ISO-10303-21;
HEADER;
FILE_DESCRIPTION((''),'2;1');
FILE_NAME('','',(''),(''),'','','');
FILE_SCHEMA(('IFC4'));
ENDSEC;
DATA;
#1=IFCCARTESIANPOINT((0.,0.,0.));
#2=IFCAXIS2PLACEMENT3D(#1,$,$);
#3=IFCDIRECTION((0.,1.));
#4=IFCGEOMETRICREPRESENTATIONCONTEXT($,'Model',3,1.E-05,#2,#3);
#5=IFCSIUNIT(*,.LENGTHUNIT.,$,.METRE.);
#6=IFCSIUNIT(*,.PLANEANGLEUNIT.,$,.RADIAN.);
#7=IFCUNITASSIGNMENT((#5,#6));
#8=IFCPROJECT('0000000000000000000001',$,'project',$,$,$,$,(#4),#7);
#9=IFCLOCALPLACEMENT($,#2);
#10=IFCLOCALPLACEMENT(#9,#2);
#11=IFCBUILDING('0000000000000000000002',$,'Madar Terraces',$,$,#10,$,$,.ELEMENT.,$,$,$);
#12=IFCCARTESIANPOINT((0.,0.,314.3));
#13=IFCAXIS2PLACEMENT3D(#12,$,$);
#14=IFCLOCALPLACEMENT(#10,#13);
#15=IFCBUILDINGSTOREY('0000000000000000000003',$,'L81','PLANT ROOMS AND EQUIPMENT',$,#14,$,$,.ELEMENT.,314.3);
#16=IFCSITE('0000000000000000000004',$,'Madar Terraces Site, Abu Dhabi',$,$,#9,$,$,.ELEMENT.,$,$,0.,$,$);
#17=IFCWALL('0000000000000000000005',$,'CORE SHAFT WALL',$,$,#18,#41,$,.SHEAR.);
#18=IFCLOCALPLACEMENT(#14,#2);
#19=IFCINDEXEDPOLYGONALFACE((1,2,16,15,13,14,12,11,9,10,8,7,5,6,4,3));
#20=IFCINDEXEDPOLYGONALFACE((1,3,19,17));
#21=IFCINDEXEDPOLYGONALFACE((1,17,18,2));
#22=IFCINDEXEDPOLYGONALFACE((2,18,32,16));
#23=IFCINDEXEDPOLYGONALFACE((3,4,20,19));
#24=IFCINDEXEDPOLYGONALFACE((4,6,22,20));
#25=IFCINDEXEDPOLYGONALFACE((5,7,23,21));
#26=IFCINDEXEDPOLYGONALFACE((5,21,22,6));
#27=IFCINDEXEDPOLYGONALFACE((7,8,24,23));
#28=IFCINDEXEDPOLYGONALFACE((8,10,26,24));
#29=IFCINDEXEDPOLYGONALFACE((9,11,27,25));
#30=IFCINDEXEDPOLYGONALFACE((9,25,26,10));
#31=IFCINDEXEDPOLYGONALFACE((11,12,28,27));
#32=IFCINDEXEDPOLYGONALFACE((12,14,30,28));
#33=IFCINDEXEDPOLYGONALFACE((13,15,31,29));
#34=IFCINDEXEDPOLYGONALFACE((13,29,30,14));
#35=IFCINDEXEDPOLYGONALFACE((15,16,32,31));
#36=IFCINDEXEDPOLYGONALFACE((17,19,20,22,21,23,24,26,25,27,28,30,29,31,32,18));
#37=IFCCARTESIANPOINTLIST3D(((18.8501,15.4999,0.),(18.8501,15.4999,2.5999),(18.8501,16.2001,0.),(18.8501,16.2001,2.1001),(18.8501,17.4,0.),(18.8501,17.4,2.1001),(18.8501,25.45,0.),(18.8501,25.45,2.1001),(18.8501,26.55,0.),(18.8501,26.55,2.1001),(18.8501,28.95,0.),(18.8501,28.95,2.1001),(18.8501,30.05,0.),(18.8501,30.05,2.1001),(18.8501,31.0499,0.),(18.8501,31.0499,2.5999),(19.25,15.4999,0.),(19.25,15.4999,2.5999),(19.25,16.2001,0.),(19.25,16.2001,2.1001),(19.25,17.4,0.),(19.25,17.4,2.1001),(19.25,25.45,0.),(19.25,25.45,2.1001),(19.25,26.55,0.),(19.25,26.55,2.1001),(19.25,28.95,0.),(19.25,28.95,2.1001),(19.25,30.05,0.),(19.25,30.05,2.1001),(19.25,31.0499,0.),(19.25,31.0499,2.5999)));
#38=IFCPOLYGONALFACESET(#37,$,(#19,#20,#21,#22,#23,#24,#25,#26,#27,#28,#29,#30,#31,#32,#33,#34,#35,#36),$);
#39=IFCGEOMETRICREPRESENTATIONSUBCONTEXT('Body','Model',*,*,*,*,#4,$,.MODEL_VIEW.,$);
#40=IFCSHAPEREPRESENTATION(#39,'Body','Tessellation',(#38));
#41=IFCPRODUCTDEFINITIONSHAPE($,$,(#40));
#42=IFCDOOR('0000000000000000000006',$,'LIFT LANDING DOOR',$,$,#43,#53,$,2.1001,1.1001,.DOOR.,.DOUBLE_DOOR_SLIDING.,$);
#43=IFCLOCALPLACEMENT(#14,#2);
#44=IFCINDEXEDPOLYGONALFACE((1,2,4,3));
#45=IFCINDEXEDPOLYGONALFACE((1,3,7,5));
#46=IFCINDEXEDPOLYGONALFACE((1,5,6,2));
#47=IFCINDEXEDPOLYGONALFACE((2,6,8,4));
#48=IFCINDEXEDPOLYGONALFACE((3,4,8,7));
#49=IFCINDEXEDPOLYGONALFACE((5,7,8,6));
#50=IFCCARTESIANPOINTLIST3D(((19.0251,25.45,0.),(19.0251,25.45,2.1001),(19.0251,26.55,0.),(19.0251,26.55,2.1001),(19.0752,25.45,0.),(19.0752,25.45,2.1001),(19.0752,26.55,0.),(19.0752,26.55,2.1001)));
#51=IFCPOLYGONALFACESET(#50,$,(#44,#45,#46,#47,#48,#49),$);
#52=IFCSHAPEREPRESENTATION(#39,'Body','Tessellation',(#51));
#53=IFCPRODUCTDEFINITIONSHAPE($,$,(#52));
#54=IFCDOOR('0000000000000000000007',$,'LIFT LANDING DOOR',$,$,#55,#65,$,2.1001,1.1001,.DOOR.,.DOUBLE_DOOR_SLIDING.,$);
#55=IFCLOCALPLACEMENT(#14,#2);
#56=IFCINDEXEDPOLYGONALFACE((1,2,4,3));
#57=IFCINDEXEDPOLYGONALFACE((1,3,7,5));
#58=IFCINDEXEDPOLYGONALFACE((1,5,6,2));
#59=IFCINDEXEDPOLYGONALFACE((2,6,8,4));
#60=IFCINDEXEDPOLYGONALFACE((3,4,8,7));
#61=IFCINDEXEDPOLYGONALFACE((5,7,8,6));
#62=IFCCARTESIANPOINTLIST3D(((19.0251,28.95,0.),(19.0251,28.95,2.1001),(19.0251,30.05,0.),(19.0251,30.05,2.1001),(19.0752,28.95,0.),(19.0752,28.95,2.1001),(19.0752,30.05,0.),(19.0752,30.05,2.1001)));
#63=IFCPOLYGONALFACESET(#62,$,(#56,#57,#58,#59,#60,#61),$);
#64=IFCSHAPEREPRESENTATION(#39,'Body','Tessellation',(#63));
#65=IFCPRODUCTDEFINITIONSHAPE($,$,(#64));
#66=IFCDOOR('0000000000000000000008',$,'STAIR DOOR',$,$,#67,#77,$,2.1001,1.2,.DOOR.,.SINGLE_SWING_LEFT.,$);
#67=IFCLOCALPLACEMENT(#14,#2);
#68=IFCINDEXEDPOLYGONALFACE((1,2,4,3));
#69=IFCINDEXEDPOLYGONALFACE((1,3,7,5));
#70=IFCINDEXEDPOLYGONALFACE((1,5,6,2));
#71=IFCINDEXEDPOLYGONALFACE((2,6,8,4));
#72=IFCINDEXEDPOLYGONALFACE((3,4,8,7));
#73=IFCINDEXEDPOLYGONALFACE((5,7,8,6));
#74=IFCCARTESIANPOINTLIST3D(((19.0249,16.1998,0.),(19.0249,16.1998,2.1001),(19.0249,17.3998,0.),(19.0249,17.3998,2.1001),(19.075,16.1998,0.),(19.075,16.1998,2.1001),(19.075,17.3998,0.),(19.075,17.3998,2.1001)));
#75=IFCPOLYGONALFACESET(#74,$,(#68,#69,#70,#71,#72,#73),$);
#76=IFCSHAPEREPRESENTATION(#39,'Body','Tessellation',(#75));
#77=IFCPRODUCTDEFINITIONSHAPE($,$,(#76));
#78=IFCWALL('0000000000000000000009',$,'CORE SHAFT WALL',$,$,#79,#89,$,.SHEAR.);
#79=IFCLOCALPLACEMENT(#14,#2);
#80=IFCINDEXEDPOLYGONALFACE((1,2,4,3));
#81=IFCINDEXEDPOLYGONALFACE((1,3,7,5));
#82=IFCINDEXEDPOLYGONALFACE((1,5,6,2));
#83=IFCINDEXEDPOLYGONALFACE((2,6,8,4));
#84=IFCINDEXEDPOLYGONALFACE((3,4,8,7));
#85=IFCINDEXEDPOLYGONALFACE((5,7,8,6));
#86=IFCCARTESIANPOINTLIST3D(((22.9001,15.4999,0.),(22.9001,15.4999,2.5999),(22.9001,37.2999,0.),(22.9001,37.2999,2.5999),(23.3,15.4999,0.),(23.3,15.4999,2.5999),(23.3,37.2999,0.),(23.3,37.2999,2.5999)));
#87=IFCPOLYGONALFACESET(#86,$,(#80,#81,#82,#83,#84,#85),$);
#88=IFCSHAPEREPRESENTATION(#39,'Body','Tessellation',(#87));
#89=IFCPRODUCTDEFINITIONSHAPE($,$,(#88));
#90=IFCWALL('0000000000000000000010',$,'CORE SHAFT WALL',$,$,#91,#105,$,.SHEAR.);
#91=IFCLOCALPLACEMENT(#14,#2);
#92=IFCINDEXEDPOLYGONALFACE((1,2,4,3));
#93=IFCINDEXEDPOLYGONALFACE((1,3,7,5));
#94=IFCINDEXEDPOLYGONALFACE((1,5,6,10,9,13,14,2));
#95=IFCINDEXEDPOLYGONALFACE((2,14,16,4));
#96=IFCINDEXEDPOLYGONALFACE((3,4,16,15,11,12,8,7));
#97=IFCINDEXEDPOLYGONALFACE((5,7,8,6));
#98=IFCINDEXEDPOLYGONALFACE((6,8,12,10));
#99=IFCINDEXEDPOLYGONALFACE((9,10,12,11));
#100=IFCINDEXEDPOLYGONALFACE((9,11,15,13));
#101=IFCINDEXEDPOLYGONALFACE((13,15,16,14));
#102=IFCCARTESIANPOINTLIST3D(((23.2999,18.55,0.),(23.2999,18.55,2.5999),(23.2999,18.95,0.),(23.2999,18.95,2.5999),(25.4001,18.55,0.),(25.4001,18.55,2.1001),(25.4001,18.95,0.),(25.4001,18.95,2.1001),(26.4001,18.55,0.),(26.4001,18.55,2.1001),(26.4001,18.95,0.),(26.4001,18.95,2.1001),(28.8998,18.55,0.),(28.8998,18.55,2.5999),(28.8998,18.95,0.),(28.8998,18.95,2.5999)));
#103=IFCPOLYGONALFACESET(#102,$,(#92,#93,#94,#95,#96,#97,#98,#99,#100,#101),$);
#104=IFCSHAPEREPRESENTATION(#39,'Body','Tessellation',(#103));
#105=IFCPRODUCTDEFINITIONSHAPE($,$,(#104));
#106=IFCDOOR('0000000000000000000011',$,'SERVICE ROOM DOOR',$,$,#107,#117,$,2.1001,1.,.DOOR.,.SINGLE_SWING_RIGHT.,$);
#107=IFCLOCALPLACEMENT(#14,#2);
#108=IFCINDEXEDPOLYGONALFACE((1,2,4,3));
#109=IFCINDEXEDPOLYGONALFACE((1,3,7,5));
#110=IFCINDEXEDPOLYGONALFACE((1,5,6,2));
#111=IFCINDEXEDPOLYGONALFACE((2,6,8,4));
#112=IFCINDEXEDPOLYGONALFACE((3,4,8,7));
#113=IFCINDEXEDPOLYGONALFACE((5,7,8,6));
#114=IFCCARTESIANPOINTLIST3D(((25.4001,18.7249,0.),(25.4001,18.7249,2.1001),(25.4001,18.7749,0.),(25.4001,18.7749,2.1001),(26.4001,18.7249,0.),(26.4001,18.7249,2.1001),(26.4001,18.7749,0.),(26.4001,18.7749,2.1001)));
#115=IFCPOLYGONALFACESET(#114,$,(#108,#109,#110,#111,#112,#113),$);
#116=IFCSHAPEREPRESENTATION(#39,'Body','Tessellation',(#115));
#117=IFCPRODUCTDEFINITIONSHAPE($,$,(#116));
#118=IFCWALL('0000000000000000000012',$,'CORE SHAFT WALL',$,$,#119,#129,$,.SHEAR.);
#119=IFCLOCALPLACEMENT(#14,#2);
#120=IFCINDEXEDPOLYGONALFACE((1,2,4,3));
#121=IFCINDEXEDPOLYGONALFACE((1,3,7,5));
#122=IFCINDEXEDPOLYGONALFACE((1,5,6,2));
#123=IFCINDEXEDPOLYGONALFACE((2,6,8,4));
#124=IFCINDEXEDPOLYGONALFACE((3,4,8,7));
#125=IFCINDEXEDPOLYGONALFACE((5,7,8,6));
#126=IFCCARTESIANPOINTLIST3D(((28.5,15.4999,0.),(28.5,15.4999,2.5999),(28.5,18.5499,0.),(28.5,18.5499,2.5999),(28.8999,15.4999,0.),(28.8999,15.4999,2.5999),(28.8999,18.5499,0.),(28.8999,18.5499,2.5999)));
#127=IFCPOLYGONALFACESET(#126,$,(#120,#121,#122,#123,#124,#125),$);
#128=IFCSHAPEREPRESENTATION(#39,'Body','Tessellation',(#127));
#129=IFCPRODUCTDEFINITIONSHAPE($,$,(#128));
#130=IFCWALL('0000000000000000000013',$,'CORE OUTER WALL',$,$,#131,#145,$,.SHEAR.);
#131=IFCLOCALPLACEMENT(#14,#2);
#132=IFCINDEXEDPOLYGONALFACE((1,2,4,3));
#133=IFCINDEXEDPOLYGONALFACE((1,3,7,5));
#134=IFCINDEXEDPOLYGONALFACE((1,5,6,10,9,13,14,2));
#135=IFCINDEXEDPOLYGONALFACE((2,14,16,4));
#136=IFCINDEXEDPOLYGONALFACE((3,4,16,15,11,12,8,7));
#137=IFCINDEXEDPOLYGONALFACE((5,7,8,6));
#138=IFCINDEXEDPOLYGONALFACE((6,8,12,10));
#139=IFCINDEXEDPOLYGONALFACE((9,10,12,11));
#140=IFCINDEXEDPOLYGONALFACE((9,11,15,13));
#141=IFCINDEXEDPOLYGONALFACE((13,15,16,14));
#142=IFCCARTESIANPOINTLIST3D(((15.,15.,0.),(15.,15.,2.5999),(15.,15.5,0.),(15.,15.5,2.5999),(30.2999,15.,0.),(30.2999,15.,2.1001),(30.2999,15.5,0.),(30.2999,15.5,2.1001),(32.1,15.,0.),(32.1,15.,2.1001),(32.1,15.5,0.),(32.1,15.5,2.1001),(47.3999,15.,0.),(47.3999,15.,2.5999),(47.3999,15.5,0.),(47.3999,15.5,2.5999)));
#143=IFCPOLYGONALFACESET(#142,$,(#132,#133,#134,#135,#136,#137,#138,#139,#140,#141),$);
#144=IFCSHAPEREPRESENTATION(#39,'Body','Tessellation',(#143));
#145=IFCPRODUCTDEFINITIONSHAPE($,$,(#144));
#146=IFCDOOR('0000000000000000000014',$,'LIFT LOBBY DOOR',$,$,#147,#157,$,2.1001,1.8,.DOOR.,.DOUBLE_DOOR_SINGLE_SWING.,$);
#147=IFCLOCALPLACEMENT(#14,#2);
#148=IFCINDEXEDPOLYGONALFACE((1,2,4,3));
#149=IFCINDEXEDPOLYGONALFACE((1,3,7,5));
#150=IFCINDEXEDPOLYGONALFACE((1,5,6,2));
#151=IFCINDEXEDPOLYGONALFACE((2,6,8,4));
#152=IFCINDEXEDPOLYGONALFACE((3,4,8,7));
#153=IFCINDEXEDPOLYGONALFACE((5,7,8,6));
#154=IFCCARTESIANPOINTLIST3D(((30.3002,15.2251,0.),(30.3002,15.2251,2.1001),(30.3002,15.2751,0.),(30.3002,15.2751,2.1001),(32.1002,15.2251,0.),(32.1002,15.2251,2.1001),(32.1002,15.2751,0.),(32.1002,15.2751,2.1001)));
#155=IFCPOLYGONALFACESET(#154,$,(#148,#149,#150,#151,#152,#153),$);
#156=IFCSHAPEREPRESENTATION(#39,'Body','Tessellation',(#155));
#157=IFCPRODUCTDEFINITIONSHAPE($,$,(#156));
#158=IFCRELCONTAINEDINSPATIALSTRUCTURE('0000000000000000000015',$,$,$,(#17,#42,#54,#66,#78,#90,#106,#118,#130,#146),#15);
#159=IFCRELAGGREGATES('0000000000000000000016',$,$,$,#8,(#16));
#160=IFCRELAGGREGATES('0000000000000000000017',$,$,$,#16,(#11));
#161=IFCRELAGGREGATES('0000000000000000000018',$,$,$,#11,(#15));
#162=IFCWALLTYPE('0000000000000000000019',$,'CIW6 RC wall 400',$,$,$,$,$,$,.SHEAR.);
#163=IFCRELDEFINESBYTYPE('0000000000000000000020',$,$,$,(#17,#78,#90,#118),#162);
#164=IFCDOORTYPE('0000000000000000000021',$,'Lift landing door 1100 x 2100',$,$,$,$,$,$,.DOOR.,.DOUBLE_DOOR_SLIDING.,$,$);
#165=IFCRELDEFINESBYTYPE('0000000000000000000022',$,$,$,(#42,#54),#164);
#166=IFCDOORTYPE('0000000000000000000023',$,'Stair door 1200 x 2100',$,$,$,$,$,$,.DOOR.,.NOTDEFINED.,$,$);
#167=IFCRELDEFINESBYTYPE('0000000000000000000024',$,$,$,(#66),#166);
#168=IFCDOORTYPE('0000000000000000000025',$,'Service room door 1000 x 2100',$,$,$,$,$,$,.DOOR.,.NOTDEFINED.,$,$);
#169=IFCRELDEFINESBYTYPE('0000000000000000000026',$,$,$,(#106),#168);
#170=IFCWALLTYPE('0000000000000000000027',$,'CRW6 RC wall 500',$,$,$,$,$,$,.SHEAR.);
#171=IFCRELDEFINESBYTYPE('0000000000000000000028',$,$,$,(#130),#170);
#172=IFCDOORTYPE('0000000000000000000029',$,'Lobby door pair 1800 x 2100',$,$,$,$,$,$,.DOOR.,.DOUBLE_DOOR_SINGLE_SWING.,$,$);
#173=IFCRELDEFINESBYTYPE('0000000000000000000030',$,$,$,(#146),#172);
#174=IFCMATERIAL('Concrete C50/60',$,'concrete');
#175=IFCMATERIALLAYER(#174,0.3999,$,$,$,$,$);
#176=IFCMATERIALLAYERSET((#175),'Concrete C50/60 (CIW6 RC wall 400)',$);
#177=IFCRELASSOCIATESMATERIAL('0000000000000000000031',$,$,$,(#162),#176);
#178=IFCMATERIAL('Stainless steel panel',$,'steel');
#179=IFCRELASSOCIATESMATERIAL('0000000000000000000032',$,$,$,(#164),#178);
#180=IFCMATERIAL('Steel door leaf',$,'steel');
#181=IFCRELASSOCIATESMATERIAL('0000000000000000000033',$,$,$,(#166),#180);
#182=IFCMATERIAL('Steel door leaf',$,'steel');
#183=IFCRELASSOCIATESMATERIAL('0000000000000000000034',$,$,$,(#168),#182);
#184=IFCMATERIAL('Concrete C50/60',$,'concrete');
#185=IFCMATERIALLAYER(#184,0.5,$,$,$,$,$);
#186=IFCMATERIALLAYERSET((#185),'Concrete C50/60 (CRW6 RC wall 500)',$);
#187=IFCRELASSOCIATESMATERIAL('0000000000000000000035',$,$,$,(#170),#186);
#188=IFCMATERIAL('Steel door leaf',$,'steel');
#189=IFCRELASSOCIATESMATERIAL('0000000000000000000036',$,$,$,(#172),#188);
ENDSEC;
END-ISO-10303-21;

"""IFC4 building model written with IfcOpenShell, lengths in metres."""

from ifc_helpers import new_model, si_unit, direction, frame, frame_2d, origin, place, context, subcontext, project, spatial, rectangle, extrude, material, layer, layer_set, type_object, element, fill, save


model = new_model("IFC4")

# Units and contexts
model_context = context("Model", 3, precision=1e-05, world=origin(), true_north=direction((0.0, 1.0)))
body_context = subcontext(model_context, "Body", "Model", "MODEL_VIEW")
ifc_project = project(units=[si_unit("LENGTHUNIT", "METRE"), si_unit("PLANEANGLEUNIT", "RADIAN")], contexts=[model_context])

# Site, building, storey
site_placement = place(None, origin())
site = spatial("IfcSite", under=ifc_project, at=site_placement, Name="Madar Terraces Site, Abu Dhabi", CompositionType="ELEMENT", RefElevation=0.0)
building_placement = place(site_placement, origin())
building = spatial("IfcBuilding", under=site, at=building_placement, Name="Madar Terraces", CompositionType="ELEMENT")
storey_placement = place(building_placement, frame((0.0, 0.0, 314.3)))
storey = spatial("IfcBuildingStorey", under=building, at=storey_placement, Name="L81", Description="PLANT ROOMS AND EQUIPMENT", CompositionType="ELEMENT", Elevation=314.3)

# Wall, openings, doors
ifc_material_1 = material(Name="Concrete C50/60", Category="concrete")
ifc_layer_1 = layer(ifc_material_1, 0.3999)
ifc_layer_set_1 = layer_set([ifc_layer_1], Name="Concrete C50/60 (CIW6 RC wall 400)")
wall_type_1 = type_object("IfcWallType", Name="CIW6 RC wall 400", PredefinedType="SHEAR", material=ifc_layer_set_1)
wall_1_placement = place(storey_placement, frame((19.05, 15.5, 0.0), z_axis=(0.0, 0.0, 1.0), x_axis=(0.0, 1.0, 0.0)))
wall_1 = element("IfcWall", 1, at=wall_1_placement, inside=storey, type_object=wall_type_1, Name="CORE SHAFT WALL", PredefinedType="SHEAR", context=body_context, shape_type="SweptSolid", body=[
    extrude(rectangle(XDim=15.55, YDim=0.3999, at=frame_2d((7.7749, 0.0))), origin(), (0.0, 0.0, 1.0), 2.5999),
])
opening_1_placement = place(wall_1_placement, frame((9.95, 0.0, 0.0)))
opening_1 = element("IfcOpeningElement", 2, at=opening_1_placement, cuts=wall_1, PredefinedType="OPENING", context=body_context, shape_type="SweptSolid", body=[
    extrude(rectangle(XDim=1.1001, YDim=2.1001, at=frame_2d((0.55, 1.05))), frame((0.0, 0.21, 0.0), z_axis=(0.0, -1.0, 0.0), x_axis=(1.0, 0.0, 0.0)), (0.0, 0.0, 1.0), 0.4199),
])
opening_2_placement = place(wall_1_placement, frame((13.45, 0.0, 0.0)))
opening_2 = element("IfcOpeningElement", 3, at=opening_2_placement, cuts=wall_1, PredefinedType="OPENING", context=body_context, shape_type="SweptSolid", body=[
    extrude(rectangle(XDim=1.1001, YDim=2.1001, at=frame_2d((0.55, 1.05))), frame((0.0, 0.21, 0.0), z_axis=(0.0, -1.0, 0.0), x_axis=(1.0, 0.0, 0.0)), (0.0, 0.0, 1.0), 0.4199),
])
opening_3_placement = place(wall_1_placement, frame((0.7, 0.0, 0.0)))
opening_3 = element("IfcOpeningElement", 4, at=opening_3_placement, cuts=wall_1, PredefinedType="OPENING", context=body_context, shape_type="SweptSolid", body=[
    extrude(rectangle(XDim=1.2, YDim=2.1001, at=frame_2d((0.6001, 1.05))), frame((0.0, 0.21, 0.0), z_axis=(0.0, -1.0, 0.0), x_axis=(1.0, 0.0, 0.0)), (0.0, 0.0, 1.0), 0.4199),
])
ifc_material_2 = material(Name="Stainless steel panel", Category="steel")
door_type_1 = type_object("IfcDoorType", Name="Lift landing door 1100 x 2100", OperationType="DOUBLE_DOOR_SLIDING", PredefinedType="DOOR", material=ifc_material_2)
door_1_placement = place(opening_1_placement, origin())
door_1 = element("IfcDoor", 5, at=door_1_placement, inside=storey, type_object=door_type_1, Name="LIFT LANDING DOOR", OperationType="DOUBLE_DOOR_SLIDING", OverallHeight=2.1001, OverallWidth=1.1001, PredefinedType="DOOR", context=body_context, shape_type="SweptSolid", body=[
    extrude(rectangle(XDim=1.1001, YDim=2.1001, at=frame_2d((0.55, 1.05))), frame((0.0, 0.0249, 0.0), z_axis=(0.0, -1.0, 0.0), x_axis=(1.0, 0.0, 0.0)), (0.0, 0.0, 1.0), 0.05),
])
fill(opening_1, door_1)
door_2_placement = place(opening_2_placement, origin())
door_2 = element("IfcDoor", 6, at=door_2_placement, inside=storey, type_object=door_type_1, Name="LIFT LANDING DOOR", OperationType="DOUBLE_DOOR_SLIDING", OverallHeight=2.1001, OverallWidth=1.1001, PredefinedType="DOOR", context=body_context, shape_type="SweptSolid", body=[
    extrude(rectangle(XDim=1.1001, YDim=2.1001, at=frame_2d((0.55, 1.05))), frame((0.0, 0.0249, 0.0), z_axis=(0.0, -1.0, 0.0), x_axis=(1.0, 0.0, 0.0)), (0.0, 0.0, 1.0), 0.05),
])
fill(opening_2, door_2)
ifc_material_3 = material(Name="Steel door leaf", Category="steel")
door_type_2 = type_object("IfcDoorType", Name="Stair door 1200 x 2100", OperationType="NOTDEFINED", PredefinedType="DOOR", material=ifc_material_3)
door_3_placement = place(opening_3_placement, frame((1.2, 0.0, 0.0), z_axis=(0.0, 0.0, 1.0), x_axis=(-1.0, 0.0, 0.0)))
door_3 = element("IfcDoor", 7, at=door_3_placement, inside=storey, type_object=door_type_2, Name="STAIR DOOR", OperationType="SINGLE_SWING_LEFT", OverallHeight=2.1001, OverallWidth=1.2, PredefinedType="DOOR", context=body_context, shape_type="SweptSolid", body=[
    extrude(rectangle(XDim=1.2, YDim=2.1001, at=frame_2d((0.6001, 1.05))), frame((0.0, 0.0249, 0.0), z_axis=(0.0, -1.0, 0.0), x_axis=(1.0, 0.0, 0.0)), (0.0, 0.0, 1.0), 0.05),
])
fill(opening_3, door_3)

# Wall
wall_2_placement = place(storey_placement, frame((23.1001, 15.5, 0.0), z_axis=(0.0, 0.0, 1.0), x_axis=(0.0, 1.0, 0.0)))
element("IfcWall", 8, at=wall_2_placement, inside=storey, type_object=wall_type_1, Name="CORE SHAFT WALL", PredefinedType="SHEAR", context=body_context, shape_type="SweptSolid", body=[
    extrude(rectangle(XDim=21.8, YDim=0.3999, at=frame_2d((10.8999, 0.0))), origin(), (0.0, 0.0, 1.0), 2.5999),
])

# Wall, opening, door
wall_3_placement = place(storey_placement, frame((23.3, 18.75, 0.0), z_axis=(0.0, 0.0, 1.0), x_axis=(1.0, 0.0, 0.0)))
wall_3 = element("IfcWall", 9, at=wall_3_placement, inside=storey, type_object=wall_type_1, Name="CORE SHAFT WALL", PredefinedType="SHEAR", context=body_context, shape_type="SweptSolid", body=[
    extrude(rectangle(XDim=5.5999, YDim=0.3999, at=frame_2d((2.7998, 0.0))), origin(), (0.0, 0.0, 1.0), 2.5999),
])
opening_4_placement = place(wall_3_placement, frame((2.1001, 0.0, 0.0)))
opening_4 = element("IfcOpeningElement", 10, at=opening_4_placement, cuts=wall_3, PredefinedType="OPENING", context=body_context, shape_type="SweptSolid", body=[
    extrude(rectangle(XDim=1.0, YDim=2.1001, at=frame_2d((0.5, 1.05))), frame((0.0, 0.21, 0.0), z_axis=(0.0, -1.0, 0.0), x_axis=(1.0, 0.0, 0.0)), (0.0, 0.0, 1.0), 0.4199),
])
ifc_material_4 = material(Name="Steel door leaf", Category="steel")
door_type_3 = type_object("IfcDoorType", Name="Service room door 1000 x 2100", OperationType="NOTDEFINED", PredefinedType="DOOR", material=ifc_material_4)
door_4_placement = place(opening_4_placement, origin())
door_4 = element("IfcDoor", 11, at=door_4_placement, inside=storey, type_object=door_type_3, Name="SERVICE ROOM DOOR", OperationType="SINGLE_SWING_RIGHT", OverallHeight=2.1001, OverallWidth=1.0, PredefinedType="DOOR", context=body_context, shape_type="SweptSolid", body=[
    extrude(rectangle(XDim=1.0, YDim=2.1001, at=frame_2d((0.5, 1.05))), frame((0.0, 0.0249, 0.0), z_axis=(0.0, -1.0, 0.0), x_axis=(1.0, 0.0, 0.0)), (0.0, 0.0, 1.0), 0.05),
])
fill(opening_4, door_4)

# Wall
wall_4_placement = place(storey_placement, frame((28.7, 15.5, 0.0), z_axis=(0.0, 0.0, 1.0), x_axis=(0.0, 1.0, 0.0)))
element("IfcWall", 12, at=wall_4_placement, inside=storey, type_object=wall_type_1, Name="CORE SHAFT WALL", PredefinedType="SHEAR", context=body_context, shape_type="SweptSolid", body=[
    extrude(rectangle(XDim=3.05, YDim=0.3999, at=frame_2d((1.5249, 0.0))), origin(), (0.0, 0.0, 1.0), 2.5999),
])

# Wall, opening, door
ifc_material_5 = material(Name="Concrete C50/60", Category="concrete")
ifc_layer_2 = layer(ifc_material_5, 0.5)
ifc_layer_set_2 = layer_set([ifc_layer_2], Name="Concrete C50/60 (CRW6 RC wall 500)")
wall_type_2 = type_object("IfcWallType", Name="CRW6 RC wall 500", PredefinedType="SHEAR", material=ifc_layer_set_2)
wall_5_placement = place(storey_placement, frame((15.0, 15.25, 0.0), z_axis=(0.0, 0.0, 1.0), x_axis=(1.0, 0.0, 0.0)))
wall_5 = element("IfcWall", 13, at=wall_5_placement, inside=storey, type_object=wall_type_2, Name="CORE OUTER WALL", PredefinedType="SHEAR", context=body_context, shape_type="SweptSolid", body=[
    extrude(rectangle(XDim=32.3999, YDim=0.5, at=frame_2d((16.2, 0.0))), origin(), (0.0, 0.0, 1.0), 2.5999),
])
opening_5_placement = place(wall_5_placement, frame((15.3, 0.0, 0.0)))
opening_5 = element("IfcOpeningElement", 14, at=opening_5_placement, cuts=wall_5, PredefinedType="OPENING", context=body_context, shape_type="SweptSolid", body=[
    extrude(rectangle(XDim=1.8, YDim=2.1001, at=frame_2d((0.8999, 1.05))), frame((0.0, 0.26, 0.0), z_axis=(0.0, -1.0, 0.0), x_axis=(1.0, 0.0, 0.0)), (0.0, 0.0, 1.0), 0.52),
])
ifc_material_6 = material(Name="Steel door leaf", Category="steel")
door_type_4 = type_object("IfcDoorType", Name="Lobby door pair 1800 x 2100", OperationType="DOUBLE_DOOR_SINGLE_SWING", PredefinedType="DOOR", material=ifc_material_6)
door_5_placement = place(opening_5_placement, frame((1.8, 0.0, 0.0), z_axis=(0.0, 0.0, 1.0), x_axis=(-1.0, 0.0, 0.0)))
door_5 = element("IfcDoor", 15, at=door_5_placement, inside=storey, type_object=door_type_4, Name="LIFT LOBBY DOOR", OperationType="DOUBLE_DOOR_SINGLE_SWING", OverallHeight=2.1001, OverallWidth=1.8, PredefinedType="DOOR", context=body_context, shape_type="SweptSolid", body=[
    extrude(rectangle(XDim=1.8, YDim=2.1001, at=frame_2d((0.8999, 1.05))), frame((0.0, 0.0249, 0.0), z_axis=(0.0, -1.0, 0.0), x_axis=(1.0, 0.0, 0.0)), (0.0, 0.0, 1.0), 0.05),
])
fill(opening_5, door_5)

save(model, "model.ifc")
